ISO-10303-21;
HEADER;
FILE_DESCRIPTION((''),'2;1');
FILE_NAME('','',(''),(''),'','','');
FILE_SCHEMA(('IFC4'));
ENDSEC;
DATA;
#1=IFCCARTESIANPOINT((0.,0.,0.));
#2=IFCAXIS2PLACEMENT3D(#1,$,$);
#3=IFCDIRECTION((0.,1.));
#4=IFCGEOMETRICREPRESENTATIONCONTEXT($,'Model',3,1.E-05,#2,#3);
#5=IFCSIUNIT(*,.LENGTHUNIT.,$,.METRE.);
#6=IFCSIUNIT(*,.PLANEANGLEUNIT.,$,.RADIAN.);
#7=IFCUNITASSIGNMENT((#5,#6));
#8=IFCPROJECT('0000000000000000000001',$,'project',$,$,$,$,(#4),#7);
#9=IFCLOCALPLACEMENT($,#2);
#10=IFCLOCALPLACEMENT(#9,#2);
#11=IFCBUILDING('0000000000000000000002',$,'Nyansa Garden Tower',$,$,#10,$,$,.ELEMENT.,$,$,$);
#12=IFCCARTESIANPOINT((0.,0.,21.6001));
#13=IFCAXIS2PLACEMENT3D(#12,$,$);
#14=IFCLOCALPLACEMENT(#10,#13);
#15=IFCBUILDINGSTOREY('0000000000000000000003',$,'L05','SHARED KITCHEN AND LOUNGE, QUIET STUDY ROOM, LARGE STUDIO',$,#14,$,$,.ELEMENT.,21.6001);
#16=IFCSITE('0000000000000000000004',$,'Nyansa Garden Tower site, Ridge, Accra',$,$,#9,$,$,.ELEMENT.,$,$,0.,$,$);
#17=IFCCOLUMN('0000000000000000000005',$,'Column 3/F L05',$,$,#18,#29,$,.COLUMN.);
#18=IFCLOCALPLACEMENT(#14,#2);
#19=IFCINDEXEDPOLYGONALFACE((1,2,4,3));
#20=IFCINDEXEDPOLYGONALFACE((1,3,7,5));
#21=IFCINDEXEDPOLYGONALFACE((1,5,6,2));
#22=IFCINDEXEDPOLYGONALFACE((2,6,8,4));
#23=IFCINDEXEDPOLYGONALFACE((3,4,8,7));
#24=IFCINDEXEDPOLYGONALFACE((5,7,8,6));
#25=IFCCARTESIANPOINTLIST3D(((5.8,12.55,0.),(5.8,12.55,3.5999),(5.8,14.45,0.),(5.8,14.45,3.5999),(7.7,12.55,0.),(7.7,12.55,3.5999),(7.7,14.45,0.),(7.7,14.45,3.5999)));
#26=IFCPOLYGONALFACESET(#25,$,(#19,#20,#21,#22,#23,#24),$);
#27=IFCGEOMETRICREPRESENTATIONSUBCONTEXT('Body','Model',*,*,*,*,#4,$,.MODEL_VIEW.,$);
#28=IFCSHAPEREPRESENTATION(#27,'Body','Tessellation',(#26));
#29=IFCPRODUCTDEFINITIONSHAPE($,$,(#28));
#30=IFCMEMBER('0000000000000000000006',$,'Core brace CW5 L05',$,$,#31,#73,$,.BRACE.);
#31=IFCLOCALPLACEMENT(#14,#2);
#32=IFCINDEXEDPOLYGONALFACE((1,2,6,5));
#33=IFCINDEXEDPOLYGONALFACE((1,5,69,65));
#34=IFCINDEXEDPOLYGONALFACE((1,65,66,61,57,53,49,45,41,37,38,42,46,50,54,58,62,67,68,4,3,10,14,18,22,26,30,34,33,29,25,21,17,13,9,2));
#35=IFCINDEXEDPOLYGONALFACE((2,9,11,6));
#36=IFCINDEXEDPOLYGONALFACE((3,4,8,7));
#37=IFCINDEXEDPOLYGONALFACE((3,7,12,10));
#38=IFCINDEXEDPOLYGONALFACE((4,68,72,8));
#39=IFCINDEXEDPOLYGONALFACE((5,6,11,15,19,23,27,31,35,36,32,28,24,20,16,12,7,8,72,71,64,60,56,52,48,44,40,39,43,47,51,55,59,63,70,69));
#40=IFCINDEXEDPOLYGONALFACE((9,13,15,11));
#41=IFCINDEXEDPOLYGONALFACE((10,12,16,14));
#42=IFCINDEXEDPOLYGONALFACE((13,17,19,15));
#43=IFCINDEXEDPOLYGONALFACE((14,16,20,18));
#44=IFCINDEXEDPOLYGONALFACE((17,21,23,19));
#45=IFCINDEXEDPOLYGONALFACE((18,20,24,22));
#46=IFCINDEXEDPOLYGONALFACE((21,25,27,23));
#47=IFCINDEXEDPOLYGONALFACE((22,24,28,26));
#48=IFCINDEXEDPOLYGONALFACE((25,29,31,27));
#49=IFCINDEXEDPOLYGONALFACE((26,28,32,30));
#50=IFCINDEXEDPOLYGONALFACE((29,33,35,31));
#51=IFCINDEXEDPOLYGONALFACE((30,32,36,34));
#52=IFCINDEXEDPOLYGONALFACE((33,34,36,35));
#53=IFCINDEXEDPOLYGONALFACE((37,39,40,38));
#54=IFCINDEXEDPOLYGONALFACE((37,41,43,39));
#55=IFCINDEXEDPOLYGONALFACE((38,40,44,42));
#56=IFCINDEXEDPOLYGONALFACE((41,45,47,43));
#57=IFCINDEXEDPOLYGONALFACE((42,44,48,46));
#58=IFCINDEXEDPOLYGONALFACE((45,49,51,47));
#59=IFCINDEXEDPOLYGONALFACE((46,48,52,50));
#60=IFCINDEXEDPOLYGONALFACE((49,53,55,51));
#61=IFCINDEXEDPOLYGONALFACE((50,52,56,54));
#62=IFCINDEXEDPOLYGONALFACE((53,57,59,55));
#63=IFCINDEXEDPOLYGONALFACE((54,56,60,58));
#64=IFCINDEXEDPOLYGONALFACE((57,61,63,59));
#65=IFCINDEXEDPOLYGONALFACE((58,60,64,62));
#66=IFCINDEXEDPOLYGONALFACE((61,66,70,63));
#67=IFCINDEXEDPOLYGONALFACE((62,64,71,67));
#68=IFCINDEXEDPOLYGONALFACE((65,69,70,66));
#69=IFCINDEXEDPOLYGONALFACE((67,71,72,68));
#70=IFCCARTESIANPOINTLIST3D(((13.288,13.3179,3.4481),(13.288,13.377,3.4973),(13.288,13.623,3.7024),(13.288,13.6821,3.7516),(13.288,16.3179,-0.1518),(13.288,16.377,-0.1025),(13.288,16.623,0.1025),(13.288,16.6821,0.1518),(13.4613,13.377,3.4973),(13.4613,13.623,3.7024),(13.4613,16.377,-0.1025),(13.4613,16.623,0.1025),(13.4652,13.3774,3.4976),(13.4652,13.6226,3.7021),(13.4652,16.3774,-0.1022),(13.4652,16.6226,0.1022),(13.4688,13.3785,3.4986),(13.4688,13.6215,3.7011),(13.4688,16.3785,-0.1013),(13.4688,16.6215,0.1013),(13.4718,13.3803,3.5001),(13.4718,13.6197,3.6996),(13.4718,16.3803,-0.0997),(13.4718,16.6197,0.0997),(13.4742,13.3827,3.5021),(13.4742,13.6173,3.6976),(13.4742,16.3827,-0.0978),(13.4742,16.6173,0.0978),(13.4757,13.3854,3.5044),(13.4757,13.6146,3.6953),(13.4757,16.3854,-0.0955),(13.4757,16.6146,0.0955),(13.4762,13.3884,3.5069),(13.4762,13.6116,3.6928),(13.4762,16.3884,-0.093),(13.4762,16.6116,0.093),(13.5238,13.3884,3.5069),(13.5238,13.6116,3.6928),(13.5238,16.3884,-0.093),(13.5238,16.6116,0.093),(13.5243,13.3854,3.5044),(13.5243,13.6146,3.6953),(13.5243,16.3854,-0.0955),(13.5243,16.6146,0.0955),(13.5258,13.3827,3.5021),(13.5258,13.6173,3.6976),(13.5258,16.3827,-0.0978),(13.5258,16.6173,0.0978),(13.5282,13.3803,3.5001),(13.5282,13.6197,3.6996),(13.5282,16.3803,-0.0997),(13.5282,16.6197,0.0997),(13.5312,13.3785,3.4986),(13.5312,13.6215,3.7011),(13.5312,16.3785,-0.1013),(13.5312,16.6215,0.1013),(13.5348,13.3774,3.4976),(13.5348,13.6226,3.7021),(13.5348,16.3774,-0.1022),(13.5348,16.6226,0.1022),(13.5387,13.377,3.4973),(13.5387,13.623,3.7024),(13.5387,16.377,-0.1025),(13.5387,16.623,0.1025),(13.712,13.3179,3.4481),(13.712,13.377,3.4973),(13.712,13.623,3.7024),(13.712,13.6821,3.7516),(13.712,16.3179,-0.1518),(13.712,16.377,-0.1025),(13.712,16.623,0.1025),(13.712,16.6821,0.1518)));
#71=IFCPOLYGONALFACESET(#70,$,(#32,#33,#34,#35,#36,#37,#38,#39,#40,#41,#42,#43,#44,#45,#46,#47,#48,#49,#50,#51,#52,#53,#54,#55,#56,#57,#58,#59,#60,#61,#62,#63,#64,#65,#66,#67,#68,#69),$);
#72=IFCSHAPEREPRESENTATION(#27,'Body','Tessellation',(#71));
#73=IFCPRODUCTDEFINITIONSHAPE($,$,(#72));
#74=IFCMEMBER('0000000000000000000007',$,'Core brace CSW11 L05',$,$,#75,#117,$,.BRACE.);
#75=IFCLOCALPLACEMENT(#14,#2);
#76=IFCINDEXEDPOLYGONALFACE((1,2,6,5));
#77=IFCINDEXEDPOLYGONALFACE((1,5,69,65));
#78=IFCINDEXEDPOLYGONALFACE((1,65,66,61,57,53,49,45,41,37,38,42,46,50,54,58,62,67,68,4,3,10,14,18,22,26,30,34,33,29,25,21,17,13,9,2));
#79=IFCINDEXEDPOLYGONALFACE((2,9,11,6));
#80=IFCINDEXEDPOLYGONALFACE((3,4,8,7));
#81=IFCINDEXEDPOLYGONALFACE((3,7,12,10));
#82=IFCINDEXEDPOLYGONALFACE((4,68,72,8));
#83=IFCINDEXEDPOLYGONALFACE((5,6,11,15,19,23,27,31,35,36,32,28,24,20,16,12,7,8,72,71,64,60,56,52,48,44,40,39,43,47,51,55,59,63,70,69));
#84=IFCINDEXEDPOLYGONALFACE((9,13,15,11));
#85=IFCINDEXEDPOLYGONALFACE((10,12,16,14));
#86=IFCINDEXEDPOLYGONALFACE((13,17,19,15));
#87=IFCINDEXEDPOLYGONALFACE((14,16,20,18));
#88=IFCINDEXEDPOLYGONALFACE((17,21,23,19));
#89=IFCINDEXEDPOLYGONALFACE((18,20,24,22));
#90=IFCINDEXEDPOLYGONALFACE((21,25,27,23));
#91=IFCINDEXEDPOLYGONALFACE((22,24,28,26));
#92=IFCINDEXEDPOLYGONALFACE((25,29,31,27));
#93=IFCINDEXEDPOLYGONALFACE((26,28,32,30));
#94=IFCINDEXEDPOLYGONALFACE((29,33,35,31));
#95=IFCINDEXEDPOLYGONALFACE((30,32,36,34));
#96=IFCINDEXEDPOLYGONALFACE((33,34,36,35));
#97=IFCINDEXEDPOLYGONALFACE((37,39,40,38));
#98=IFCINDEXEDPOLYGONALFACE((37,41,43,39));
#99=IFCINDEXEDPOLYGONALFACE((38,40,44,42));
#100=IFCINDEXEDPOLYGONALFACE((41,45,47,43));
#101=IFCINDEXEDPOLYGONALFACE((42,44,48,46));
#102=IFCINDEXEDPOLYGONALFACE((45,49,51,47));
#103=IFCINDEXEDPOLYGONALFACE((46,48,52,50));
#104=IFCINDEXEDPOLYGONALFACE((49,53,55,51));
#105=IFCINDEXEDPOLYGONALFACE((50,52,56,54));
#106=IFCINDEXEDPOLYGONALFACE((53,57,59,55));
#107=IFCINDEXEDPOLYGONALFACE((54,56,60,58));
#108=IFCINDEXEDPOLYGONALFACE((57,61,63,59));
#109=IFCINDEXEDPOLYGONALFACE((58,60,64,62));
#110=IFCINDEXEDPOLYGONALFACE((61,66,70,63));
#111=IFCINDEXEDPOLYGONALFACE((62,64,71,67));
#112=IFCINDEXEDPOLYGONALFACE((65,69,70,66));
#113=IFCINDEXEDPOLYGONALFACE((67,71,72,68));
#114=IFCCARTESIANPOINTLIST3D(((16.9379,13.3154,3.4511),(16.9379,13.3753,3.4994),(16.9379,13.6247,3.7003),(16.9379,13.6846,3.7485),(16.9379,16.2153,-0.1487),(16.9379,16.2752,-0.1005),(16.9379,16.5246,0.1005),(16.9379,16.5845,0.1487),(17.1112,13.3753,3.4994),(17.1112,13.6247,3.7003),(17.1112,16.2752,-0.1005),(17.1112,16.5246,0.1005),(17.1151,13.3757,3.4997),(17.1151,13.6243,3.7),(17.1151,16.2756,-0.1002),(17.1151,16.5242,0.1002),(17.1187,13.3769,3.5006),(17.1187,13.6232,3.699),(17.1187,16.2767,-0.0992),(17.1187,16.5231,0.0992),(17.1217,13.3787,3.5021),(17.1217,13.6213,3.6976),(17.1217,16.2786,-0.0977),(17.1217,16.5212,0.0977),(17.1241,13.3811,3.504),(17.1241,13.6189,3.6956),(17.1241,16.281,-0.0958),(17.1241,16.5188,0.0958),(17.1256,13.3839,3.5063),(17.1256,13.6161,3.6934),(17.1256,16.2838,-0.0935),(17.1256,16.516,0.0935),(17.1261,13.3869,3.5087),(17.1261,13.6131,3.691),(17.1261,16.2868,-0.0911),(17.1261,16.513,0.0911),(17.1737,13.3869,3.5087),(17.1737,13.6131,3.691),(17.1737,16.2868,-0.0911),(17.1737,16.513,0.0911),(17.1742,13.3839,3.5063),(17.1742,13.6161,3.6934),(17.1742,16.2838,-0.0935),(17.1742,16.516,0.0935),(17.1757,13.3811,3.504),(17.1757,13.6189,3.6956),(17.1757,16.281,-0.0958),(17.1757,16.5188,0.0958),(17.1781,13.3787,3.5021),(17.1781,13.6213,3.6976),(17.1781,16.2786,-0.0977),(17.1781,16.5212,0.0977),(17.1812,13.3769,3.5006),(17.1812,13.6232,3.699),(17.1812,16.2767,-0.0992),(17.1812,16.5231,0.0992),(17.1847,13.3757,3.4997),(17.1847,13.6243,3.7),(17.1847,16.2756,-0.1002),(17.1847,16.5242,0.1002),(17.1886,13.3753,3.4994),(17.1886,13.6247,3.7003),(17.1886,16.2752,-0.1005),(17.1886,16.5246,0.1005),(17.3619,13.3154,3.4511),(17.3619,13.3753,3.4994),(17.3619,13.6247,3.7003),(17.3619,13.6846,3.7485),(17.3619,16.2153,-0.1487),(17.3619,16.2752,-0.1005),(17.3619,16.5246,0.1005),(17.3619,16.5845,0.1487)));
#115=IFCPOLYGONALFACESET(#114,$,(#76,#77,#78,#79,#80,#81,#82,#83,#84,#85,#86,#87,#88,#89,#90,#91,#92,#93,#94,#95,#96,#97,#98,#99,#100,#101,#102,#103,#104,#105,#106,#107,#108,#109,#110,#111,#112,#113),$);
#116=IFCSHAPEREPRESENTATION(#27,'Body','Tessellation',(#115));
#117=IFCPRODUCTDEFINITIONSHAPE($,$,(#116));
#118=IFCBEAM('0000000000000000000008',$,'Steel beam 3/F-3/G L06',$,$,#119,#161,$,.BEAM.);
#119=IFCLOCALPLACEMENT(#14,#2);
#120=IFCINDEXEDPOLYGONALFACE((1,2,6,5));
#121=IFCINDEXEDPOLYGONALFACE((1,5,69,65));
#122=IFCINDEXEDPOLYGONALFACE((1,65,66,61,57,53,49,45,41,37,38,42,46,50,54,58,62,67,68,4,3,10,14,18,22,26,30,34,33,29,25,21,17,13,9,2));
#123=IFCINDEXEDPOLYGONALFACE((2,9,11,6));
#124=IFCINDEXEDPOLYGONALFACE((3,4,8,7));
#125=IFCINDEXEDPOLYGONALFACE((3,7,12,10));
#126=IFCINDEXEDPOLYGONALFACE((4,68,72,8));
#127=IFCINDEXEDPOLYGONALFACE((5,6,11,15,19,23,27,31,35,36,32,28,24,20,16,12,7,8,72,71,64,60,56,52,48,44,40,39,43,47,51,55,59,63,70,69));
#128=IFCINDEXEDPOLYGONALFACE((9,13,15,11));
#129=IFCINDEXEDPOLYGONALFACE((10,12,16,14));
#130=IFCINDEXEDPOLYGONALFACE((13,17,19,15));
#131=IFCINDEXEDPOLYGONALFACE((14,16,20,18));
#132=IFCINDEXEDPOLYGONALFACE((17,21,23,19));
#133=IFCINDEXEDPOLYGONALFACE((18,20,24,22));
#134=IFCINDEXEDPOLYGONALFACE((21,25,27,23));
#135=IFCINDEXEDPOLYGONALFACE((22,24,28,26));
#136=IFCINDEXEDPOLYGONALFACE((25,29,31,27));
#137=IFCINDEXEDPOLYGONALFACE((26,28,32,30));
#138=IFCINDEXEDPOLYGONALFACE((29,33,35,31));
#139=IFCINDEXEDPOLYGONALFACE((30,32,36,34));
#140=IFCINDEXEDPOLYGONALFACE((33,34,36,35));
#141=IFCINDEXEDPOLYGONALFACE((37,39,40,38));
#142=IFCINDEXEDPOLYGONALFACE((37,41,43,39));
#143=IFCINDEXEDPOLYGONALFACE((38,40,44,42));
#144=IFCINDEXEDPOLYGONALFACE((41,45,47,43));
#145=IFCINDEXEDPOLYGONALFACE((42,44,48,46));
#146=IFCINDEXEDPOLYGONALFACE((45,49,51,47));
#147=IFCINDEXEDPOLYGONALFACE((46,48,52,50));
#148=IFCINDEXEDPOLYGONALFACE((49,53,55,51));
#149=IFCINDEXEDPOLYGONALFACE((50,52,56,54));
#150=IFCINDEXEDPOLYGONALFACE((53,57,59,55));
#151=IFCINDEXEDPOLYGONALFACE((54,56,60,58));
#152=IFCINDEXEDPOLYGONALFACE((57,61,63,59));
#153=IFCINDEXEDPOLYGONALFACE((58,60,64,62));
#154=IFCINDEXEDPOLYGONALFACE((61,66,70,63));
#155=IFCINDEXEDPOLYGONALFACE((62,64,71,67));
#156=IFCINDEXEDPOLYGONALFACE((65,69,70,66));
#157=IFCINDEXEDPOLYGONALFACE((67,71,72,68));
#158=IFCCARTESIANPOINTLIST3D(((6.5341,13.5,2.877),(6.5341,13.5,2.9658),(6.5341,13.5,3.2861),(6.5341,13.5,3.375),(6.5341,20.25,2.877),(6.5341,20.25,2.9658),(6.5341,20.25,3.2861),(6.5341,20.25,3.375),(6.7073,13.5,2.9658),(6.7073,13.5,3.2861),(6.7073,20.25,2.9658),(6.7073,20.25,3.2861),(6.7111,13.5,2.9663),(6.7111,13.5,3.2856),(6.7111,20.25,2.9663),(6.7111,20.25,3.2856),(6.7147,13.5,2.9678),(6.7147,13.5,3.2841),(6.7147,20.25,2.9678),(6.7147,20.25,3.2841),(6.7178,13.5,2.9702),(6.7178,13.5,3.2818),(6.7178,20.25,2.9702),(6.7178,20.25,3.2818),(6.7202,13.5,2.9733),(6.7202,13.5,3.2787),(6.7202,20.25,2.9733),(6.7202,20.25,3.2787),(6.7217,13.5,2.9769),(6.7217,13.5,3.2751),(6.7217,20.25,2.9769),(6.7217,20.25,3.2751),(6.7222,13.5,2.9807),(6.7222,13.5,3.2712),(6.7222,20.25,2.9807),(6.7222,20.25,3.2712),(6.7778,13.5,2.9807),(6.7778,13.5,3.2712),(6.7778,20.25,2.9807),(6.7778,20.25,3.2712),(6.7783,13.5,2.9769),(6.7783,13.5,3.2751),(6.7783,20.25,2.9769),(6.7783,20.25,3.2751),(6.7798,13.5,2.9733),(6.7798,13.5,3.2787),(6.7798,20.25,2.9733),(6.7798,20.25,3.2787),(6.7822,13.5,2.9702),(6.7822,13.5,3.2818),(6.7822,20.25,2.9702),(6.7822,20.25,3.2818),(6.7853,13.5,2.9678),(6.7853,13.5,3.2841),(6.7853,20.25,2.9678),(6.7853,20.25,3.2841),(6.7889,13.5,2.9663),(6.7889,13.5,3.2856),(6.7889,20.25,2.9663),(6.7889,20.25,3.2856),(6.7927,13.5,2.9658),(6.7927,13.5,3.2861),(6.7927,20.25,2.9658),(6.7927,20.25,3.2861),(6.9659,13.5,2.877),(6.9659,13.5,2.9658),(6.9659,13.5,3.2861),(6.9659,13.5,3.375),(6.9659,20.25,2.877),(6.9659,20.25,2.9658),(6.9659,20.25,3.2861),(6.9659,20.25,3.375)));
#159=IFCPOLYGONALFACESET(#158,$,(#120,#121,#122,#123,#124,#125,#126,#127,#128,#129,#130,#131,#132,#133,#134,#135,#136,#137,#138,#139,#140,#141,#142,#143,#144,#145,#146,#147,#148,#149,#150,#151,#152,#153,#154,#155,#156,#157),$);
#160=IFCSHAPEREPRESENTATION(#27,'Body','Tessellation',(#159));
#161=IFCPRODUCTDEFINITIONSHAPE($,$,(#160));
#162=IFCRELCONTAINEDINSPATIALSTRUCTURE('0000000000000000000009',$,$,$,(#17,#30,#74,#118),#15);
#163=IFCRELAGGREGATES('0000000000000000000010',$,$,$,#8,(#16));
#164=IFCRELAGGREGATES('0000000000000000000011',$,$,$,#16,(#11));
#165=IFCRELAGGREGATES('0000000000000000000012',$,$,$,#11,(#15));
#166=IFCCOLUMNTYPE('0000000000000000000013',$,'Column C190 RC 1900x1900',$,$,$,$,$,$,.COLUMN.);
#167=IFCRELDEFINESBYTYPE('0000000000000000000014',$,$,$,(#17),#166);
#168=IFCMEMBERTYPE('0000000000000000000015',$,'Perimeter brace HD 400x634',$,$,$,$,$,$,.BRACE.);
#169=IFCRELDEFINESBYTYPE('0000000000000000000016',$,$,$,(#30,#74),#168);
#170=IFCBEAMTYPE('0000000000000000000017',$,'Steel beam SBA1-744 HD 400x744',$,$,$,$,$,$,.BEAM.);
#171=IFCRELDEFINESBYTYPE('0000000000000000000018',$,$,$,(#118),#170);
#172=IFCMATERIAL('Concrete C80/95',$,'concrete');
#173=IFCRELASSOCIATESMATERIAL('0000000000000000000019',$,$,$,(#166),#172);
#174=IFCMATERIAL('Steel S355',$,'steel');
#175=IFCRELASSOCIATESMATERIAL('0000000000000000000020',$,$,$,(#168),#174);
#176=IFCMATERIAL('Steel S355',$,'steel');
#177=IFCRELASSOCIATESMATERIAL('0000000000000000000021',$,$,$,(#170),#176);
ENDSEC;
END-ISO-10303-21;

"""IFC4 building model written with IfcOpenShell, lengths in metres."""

from ifc_helpers import new_model, si_unit, direction, frame, origin, origin_2d, place, context, subcontext, project, spatial, rectangle, i_section, extrude, material, material_profile, profile_set, type_object, element, save


model = new_model("IFC4")

# Units and contexts
model_context = context("Model", 3, precision=1e-05, world=origin(), true_north=direction((0.0, 1.0)))
body_context = subcontext(model_context, "Body", "Model", "MODEL_VIEW")
ifc_project = project(units=[si_unit("LENGTHUNIT", "METRE"), si_unit("PLANEANGLEUNIT", "RADIAN")], contexts=[model_context])

# Site, building, storey
site_placement = place(None, origin())
site = spatial("IfcSite", under=ifc_project, at=site_placement, Name="Nyansa Garden Tower site, Ridge, Accra", CompositionType="ELEMENT", RefElevation=0.0)
building_placement = place(site_placement, origin())
building = spatial("IfcBuilding", under=site, at=building_placement, Name="Nyansa Garden Tower", CompositionType="ELEMENT")
storey_placement = place(building_placement, frame((0.0, 0.0, 21.6001)))
storey = spatial("IfcBuildingStorey", under=building, at=storey_placement, Name="L05", Description="SHARED KITCHEN AND LOUNGE, QUIET STUDY ROOM, LARGE STUDIO", CompositionType="ELEMENT", Elevation=21.6001)

# Column
ifc_material_1 = material(Name="Concrete C80/95", Category="concrete")
ifc_material_profile_1 = material_profile(ifc_material_1, rectangle(XDim=1.8999, YDim=1.8999, at=origin_2d()), Name="RC 1900x1900")
ifc_profile_set_1 = profile_set([ifc_material_profile_1], Name="Concrete C80/95")
column_type = type_object("IfcColumnType", Name="Column C190 RC 1900x1900", PredefinedType="COLUMN", material=ifc_profile_set_1)
column_placement = place(storey_placement, frame((6.75, 13.5, 0.0), z_axis=(0.0, 0.0, 1.0), x_axis=(1.0, 0.0, 0.0)))
element("IfcColumn", 1, at=column_placement, inside=storey, type_object=column_type, Name="Column 3/F L05", PredefinedType="COLUMN", context=body_context, shape_type="SweptSolid", body=[
    extrude(rectangle(XDim=1.8999, YDim=1.8999, at=origin_2d()), origin(), (0.0, 0.0, 1.0), 3.5999),
])

# Members
ifc_material_2 = material(Name="Steel S355", Category="steel")
ifc_material_profile_2 = material_profile(ifc_material_2, i_section(OverallWidth=0.4241, OverallDepth=0.4741, WebThickness=0.0476, FlangeThickness=0.0769, FilletRadius=0.0149, at=origin_2d()), Name="HD 400x634")
ifc_profile_set_2 = profile_set([ifc_material_profile_2], Name="Steel S355")
member_type = type_object("IfcMemberType", Name="Perimeter brace HD 400x634", PredefinedType="BRACE", material=ifc_profile_set_2)
member_1_placement = place(storey_placement, frame((13.5, 16.5, 0.0), z_axis=(0.0, -0.6402, 0.768208), x_axis=(1.0, 0.0, 0.0)))
element("IfcMember", 2, at=member_1_placement, inside=storey, type_object=member_type, Name="Core brace CW5 L05", PredefinedType="BRACE", context=body_context, shape_type="SweptSolid", body=[
    extrude(i_section(OverallWidth=0.4241, OverallDepth=0.4741, WebThickness=0.0476, FlangeThickness=0.0769, FilletRadius=0.0149, at=origin_2d()), origin(), (0.0, 0.0, 1.0), 4.686),
])
member_2_placement = place(storey_placement, frame((17.1499, 16.3999, 0.0), z_axis=(0.0, -0.627332, 0.778752), x_axis=(1.0, 0.0, 0.0)))
element("IfcMember", 3, at=member_2_placement, inside=storey, type_object=member_type, Name="Core brace CSW11 L05", PredefinedType="BRACE", context=body_context, shape_type="SweptSolid", body=[
    extrude(i_section(OverallWidth=0.4241, OverallDepth=0.4741, WebThickness=0.0476, FlangeThickness=0.0769, FilletRadius=0.0149, at=origin_2d()), origin(), (0.0, 0.0, 1.0), 4.6226),
])

# Beam
ifc_material_3 = material(Name="Steel S355", Category="steel")
ifc_material_profile_3 = material_profile(ifc_material_3, i_section(OverallWidth=0.4319, OverallDepth=0.498, WebThickness=0.0557, FlangeThickness=0.0889, FilletRadius=0.0149, at=origin_2d()), Name="HD 400x744")
ifc_profile_set_3 = profile_set([ifc_material_profile_3], Name="Steel S355")
beam_type_1 = type_object("IfcBeamType", Name="Steel beam SBA1-744 HD 400x744", PredefinedType="BEAM", material=ifc_profile_set_3)
beam_1_placement = place(storey_placement, frame((6.75, 13.5, 3.126), z_axis=(0.0, 1.0, 0.0), x_axis=(-1.0, 0.0, 0.0)))
element("IfcBeam", 4, at=beam_1_placement, inside=storey, type_object=beam_type_1, Name="Steel beam 3/F-3/G L06", PredefinedType="BEAM", context=body_context, shape_type="SweptSolid", body=[
    extrude(i_section(OverallWidth=0.4319, OverallDepth=0.498, WebThickness=0.0557, FlangeThickness=0.0889, FilletRadius=0.0149, at=origin_2d()), origin(), (0.0, 0.0, 1.0), 6.75),
])

save(model, "model.ifc")
